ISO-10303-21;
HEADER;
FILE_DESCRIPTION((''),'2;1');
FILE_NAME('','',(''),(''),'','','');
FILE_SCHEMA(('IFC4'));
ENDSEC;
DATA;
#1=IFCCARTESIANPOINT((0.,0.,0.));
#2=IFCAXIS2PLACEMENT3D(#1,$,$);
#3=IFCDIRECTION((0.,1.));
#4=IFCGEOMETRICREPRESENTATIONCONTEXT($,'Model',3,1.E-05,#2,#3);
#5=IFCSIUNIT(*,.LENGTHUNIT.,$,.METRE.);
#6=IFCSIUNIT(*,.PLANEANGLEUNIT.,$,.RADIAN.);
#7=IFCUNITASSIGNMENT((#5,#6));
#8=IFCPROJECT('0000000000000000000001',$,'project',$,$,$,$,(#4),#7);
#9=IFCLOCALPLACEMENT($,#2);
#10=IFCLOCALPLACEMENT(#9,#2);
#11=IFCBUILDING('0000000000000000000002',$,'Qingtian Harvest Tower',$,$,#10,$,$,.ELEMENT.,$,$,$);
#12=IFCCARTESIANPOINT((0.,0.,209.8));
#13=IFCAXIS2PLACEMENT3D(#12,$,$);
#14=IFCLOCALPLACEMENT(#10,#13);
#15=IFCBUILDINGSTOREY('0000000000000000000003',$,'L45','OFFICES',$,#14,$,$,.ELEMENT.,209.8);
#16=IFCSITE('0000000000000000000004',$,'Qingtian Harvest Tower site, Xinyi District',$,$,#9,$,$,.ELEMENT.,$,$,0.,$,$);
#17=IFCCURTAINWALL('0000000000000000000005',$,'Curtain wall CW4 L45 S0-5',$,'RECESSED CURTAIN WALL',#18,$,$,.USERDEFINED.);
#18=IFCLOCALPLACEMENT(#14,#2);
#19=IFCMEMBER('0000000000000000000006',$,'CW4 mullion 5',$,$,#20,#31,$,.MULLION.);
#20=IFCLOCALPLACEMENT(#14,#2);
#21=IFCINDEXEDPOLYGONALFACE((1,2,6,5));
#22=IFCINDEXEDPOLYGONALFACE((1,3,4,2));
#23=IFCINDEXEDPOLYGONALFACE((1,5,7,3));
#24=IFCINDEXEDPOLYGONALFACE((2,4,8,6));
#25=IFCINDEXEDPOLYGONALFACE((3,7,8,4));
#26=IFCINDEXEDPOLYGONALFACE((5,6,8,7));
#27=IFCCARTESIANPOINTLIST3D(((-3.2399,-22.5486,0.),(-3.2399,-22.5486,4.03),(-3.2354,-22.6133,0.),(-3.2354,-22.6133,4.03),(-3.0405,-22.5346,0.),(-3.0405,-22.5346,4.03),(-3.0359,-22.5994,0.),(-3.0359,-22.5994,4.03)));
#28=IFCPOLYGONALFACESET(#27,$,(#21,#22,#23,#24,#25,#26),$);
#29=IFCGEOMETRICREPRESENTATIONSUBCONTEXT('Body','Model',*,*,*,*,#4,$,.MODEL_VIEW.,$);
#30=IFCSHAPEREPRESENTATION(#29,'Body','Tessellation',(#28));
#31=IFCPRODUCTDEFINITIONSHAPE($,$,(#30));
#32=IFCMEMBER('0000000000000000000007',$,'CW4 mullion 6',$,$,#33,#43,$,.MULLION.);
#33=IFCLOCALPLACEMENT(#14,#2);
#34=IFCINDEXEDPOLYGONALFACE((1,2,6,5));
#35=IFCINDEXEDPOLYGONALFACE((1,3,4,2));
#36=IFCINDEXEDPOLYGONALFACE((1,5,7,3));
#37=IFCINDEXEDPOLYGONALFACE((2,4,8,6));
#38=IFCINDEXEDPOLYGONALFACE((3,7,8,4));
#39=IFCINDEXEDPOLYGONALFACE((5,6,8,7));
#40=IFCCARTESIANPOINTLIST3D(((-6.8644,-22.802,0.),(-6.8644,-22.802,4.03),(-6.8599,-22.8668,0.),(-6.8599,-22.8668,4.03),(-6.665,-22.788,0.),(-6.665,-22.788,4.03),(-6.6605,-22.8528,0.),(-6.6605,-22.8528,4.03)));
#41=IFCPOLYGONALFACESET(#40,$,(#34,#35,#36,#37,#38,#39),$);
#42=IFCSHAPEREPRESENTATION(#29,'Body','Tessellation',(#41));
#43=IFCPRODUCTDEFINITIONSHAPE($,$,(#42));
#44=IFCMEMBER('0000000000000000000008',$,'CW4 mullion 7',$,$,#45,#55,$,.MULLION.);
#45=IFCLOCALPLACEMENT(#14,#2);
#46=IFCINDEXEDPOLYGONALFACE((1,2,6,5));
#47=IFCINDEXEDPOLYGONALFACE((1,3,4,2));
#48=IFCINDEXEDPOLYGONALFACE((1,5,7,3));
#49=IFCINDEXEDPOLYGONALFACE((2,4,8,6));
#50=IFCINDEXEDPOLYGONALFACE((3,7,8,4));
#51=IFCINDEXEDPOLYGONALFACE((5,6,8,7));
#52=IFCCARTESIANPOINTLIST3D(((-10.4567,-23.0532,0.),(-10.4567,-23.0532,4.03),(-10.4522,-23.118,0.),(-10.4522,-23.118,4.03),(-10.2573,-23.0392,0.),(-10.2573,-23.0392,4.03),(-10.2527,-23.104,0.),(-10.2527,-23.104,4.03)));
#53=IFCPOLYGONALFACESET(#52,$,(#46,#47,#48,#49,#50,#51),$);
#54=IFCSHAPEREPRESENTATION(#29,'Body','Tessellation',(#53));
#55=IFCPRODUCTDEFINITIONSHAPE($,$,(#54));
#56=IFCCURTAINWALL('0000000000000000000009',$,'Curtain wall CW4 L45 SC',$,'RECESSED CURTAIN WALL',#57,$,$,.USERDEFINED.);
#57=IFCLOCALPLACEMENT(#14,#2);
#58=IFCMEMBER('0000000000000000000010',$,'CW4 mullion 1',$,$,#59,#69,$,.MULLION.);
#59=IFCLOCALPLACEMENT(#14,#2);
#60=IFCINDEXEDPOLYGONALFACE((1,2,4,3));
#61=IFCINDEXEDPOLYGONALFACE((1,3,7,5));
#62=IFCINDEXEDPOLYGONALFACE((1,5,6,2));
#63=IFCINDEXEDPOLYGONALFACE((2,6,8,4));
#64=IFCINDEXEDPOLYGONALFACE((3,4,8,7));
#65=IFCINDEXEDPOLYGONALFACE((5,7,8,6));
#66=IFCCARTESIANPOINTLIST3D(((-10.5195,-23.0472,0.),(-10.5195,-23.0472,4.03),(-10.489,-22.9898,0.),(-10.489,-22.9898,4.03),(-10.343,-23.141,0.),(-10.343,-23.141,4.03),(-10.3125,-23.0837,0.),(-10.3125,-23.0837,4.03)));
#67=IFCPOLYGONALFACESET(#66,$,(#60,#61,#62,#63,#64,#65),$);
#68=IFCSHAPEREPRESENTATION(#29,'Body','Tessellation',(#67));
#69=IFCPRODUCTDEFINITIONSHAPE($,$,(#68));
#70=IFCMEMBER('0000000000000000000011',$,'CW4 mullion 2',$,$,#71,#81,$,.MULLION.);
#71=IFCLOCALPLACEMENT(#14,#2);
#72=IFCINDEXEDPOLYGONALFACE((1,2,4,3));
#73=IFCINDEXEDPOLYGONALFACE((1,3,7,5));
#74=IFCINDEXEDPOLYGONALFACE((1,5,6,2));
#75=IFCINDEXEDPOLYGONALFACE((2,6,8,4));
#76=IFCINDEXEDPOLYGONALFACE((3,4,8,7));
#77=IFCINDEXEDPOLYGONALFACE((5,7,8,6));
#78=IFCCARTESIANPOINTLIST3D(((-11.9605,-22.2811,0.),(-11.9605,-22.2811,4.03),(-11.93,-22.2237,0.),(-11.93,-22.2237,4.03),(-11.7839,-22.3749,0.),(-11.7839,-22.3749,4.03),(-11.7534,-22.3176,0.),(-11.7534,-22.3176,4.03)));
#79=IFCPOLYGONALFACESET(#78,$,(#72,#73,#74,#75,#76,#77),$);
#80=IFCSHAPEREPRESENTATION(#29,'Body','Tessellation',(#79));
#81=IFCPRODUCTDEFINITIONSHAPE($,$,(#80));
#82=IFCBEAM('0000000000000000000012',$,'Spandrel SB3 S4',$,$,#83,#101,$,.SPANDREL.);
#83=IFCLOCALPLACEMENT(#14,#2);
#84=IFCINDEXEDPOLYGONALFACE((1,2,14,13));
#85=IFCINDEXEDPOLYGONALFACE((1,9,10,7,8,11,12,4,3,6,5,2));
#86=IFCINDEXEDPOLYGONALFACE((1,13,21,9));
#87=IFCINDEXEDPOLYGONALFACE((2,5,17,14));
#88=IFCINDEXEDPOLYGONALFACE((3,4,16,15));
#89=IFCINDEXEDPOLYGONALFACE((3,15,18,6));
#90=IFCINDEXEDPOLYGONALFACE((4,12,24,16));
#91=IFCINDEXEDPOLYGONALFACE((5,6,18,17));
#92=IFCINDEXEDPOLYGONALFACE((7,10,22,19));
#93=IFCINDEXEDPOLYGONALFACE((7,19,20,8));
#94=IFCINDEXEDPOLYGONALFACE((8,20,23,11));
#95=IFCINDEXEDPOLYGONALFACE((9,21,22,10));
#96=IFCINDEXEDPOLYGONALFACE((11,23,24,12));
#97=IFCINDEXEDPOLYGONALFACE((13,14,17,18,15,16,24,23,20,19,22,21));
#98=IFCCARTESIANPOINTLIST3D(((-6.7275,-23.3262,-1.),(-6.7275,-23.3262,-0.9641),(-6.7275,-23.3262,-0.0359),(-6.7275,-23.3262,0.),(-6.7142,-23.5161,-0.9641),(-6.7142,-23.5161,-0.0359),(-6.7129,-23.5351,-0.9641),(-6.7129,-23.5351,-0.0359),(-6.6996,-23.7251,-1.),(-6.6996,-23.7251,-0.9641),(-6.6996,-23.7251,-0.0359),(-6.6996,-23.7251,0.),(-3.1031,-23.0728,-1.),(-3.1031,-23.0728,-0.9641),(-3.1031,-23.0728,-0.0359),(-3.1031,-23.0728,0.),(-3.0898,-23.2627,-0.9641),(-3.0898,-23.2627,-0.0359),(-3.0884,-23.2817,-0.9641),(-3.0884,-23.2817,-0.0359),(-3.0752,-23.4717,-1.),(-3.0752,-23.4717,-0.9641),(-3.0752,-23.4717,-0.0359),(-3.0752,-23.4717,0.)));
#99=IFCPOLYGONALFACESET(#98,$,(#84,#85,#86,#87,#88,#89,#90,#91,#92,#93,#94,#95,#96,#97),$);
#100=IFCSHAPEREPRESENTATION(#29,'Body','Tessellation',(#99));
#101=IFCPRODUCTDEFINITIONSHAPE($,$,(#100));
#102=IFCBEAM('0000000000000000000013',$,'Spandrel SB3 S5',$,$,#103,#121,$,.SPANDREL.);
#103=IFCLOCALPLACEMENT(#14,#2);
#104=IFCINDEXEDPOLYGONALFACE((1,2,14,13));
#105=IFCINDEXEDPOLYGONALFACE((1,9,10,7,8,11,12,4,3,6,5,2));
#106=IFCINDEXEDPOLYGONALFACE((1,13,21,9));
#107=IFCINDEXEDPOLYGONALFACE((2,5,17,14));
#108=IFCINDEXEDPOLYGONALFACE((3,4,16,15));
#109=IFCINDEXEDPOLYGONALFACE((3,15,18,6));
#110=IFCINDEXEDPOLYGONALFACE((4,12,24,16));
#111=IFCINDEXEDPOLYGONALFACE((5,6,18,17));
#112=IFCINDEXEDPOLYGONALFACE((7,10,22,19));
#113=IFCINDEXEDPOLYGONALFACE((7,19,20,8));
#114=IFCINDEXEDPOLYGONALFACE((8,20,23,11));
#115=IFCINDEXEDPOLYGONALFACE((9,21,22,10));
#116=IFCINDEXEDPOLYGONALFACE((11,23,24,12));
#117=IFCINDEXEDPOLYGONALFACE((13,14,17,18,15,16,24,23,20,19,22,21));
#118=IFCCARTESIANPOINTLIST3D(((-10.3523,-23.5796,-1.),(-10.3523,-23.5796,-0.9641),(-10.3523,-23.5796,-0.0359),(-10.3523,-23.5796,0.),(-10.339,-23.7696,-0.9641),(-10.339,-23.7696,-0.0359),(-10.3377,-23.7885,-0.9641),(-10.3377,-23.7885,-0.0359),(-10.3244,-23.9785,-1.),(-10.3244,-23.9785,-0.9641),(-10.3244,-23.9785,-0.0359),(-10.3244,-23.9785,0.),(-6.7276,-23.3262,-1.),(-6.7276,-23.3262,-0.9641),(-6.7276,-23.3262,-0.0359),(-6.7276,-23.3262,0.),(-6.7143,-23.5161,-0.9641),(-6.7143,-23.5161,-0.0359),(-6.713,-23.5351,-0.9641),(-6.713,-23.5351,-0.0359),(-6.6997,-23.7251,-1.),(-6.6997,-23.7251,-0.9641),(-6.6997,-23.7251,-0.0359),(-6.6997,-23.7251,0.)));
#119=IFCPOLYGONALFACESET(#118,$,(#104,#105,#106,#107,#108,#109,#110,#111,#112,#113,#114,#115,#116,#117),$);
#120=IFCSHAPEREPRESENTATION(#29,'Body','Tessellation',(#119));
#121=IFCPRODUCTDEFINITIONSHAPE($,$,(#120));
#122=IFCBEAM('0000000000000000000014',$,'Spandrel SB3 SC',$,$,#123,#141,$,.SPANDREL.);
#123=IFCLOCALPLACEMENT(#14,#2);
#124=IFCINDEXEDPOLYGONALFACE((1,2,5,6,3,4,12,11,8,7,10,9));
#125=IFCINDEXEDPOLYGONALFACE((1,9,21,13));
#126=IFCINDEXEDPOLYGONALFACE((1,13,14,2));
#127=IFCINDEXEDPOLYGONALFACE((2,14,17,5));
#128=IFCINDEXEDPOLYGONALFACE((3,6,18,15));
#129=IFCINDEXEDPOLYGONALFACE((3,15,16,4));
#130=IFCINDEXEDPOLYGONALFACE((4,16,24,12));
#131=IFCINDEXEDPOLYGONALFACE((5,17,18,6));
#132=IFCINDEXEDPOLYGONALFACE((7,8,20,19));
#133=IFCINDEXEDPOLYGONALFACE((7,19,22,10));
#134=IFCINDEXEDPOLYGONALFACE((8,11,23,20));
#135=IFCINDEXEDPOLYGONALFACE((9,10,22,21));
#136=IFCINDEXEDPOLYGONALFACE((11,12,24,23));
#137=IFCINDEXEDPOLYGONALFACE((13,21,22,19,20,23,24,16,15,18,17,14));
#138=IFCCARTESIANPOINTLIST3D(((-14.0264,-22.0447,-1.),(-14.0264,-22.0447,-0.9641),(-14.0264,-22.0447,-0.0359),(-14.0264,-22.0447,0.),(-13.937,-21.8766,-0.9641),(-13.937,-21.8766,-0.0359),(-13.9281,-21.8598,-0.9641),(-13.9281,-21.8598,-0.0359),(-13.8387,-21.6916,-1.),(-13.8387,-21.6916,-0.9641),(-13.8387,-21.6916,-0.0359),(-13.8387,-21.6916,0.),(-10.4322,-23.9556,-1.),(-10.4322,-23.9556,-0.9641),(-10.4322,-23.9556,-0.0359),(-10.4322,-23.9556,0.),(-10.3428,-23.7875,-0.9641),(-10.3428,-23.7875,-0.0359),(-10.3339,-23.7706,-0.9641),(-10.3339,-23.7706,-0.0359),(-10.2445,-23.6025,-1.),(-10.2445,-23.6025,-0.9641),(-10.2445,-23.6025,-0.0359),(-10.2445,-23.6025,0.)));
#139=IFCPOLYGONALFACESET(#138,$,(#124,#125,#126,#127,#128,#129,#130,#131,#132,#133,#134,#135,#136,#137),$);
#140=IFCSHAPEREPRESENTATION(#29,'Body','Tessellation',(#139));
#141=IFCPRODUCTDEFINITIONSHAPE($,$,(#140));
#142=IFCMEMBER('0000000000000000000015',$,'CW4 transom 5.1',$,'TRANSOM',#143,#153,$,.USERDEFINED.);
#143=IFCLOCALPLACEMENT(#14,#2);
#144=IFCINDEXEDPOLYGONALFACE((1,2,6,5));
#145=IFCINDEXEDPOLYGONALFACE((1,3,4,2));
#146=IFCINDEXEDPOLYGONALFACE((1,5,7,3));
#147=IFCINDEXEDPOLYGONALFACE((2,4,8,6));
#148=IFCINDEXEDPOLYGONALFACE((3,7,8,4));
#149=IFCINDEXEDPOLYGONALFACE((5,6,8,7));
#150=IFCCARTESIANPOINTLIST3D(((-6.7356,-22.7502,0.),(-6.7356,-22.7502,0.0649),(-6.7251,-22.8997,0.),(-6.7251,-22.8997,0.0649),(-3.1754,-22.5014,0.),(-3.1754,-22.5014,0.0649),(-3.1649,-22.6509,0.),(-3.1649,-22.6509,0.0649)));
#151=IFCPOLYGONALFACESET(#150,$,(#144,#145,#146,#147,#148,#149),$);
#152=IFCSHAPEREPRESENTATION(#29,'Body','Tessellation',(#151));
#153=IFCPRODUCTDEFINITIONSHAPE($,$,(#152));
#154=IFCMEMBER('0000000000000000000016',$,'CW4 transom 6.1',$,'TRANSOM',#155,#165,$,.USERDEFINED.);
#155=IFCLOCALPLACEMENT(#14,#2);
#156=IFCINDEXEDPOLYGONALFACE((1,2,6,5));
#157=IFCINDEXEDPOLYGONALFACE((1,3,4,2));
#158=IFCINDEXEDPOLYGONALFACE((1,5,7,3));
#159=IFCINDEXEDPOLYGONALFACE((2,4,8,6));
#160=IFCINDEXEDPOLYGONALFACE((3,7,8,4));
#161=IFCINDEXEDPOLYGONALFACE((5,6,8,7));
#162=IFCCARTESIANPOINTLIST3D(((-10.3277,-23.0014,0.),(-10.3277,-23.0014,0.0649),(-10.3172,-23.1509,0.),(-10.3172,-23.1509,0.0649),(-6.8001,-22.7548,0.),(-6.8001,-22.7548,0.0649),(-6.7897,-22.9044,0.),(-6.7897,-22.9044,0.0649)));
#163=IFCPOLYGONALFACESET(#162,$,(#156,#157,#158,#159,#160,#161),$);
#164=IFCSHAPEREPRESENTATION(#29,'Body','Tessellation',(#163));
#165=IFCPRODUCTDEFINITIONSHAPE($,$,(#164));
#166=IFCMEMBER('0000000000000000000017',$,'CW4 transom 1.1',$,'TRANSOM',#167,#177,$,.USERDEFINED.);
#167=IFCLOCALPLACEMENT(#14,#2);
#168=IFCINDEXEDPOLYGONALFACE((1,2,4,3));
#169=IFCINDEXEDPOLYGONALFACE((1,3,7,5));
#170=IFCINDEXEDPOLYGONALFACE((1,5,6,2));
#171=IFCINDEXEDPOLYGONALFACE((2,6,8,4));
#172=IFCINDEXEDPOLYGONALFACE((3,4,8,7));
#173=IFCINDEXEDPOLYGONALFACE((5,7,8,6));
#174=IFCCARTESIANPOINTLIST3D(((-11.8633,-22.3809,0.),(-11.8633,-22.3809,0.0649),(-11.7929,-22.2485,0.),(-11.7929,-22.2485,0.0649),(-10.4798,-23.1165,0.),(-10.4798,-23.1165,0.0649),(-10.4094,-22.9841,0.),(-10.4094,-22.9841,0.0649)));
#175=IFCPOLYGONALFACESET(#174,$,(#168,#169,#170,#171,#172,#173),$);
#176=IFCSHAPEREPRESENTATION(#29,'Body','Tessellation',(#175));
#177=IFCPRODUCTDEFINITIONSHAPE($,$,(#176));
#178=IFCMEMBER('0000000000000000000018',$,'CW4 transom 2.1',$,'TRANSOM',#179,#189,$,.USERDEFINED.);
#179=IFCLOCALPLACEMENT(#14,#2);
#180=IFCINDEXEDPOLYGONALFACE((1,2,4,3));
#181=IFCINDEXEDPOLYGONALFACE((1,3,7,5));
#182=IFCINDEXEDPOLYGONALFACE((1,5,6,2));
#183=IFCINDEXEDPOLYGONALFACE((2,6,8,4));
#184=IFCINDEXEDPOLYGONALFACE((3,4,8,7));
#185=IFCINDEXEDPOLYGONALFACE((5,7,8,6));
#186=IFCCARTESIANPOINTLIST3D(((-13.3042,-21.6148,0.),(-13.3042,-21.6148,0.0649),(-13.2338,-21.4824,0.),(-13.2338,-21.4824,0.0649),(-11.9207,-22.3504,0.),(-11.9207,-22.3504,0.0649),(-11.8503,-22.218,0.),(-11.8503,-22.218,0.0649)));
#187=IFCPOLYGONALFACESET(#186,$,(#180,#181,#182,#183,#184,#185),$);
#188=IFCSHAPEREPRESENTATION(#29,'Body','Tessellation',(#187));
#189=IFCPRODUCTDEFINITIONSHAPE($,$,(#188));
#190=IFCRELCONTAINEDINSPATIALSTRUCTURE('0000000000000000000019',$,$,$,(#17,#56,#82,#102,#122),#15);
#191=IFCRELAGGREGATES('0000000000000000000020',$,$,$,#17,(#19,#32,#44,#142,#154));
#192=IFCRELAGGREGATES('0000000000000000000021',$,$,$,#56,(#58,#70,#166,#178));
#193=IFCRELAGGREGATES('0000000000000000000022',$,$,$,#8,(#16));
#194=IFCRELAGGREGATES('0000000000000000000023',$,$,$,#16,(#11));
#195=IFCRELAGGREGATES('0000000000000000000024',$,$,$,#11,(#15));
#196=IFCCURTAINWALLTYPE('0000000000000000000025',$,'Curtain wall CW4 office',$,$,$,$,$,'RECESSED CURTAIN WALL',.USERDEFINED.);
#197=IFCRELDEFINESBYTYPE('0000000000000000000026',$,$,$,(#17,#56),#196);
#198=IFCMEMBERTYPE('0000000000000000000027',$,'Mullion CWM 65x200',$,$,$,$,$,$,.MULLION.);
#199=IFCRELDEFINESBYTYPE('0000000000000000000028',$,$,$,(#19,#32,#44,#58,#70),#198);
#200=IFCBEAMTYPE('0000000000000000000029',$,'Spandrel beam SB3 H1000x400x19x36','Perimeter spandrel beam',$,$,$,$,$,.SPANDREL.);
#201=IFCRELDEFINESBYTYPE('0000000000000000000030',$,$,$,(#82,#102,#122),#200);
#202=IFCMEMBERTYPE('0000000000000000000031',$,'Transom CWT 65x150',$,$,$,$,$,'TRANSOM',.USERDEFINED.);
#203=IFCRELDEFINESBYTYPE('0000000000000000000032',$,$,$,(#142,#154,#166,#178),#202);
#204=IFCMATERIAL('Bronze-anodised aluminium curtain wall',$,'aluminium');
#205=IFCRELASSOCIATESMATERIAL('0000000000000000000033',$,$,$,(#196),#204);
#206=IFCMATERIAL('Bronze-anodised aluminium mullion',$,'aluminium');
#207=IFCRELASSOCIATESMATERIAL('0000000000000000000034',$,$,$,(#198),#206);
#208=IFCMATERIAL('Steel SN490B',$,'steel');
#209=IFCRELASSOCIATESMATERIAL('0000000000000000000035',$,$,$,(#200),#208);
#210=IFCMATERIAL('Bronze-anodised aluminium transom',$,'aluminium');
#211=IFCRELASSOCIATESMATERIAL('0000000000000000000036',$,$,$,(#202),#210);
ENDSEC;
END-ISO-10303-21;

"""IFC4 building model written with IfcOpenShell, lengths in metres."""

from ifc_helpers import new_model, si_unit, direction, frame, origin, origin_2d, place, context, subcontext, project, spatial, rectangle, i_section, extrude, material, material_profile, profile_set, type_object, element, aggregate, save


model = new_model("IFC4")

# Units and contexts
model_context = context("Model", 3, precision=1e-05, world=origin(), true_north=direction((0.0, 1.0)))
body_context = subcontext(model_context, "Body", "Model", "MODEL_VIEW")
ifc_project = project(units=[si_unit("LENGTHUNIT", "METRE"), si_unit("PLANEANGLEUNIT", "RADIAN")], contexts=[model_context])

# Site, building, storey
site_placement = place(None, origin())
site = spatial("IfcSite", under=ifc_project, at=site_placement, Name="Qingtian Harvest Tower site, Xinyi District", CompositionType="ELEMENT", RefElevation=0.0)
building_placement = place(site_placement, origin())
building = spatial("IfcBuilding", under=site, at=building_placement, Name="Qingtian Harvest Tower", CompositionType="ELEMENT")
storey_placement = place(building_placement, frame((0.0, 0.0, 209.8)))
storey = spatial("IfcBuildingStorey", under=building, at=storey_placement, Name="L45", Description="OFFICES", CompositionType="ELEMENT", Elevation=209.8)

# Curtain walls, members
ifc_material_1 = material(Name="Bronze-anodised aluminium curtain wall", Category="aluminium")
curtain_wall_type = type_object("IfcCurtainWallType", Name="Curtain wall CW4 office", ElementType="RECESSED CURTAIN WALL", PredefinedType="USERDEFINED", material=ifc_material_1)
curtain_wall_1_placement = place(storey_placement, origin())
curtain_wall_1 = element("IfcCurtainWall", 1, at=curtain_wall_1_placement, inside=storey, type_object=curtain_wall_type, Name="Curtain wall CW4 L45 S0-5", ObjectType="RECESSED CURTAIN WALL", PredefinedType="USERDEFINED")
ifc_material_2 = material(Name="Bronze-anodised aluminium mullion", Category="aluminium")
ifc_material_profile_1 = material_profile(ifc_material_2, rectangle(XDim=0.0649, YDim=0.2, at=origin_2d()), Name="AL 65x200")
ifc_profile_set_1 = profile_set([ifc_material_profile_1], Name="Bronze-anodised aluminium mullion")
member_type_1 = type_object("IfcMemberType", Name="Mullion CWM 65x200", PredefinedType="MULLION", material=ifc_profile_set_1)
member_1_placement = place(storey_placement, frame((-3.1379, -22.574, 0.0), z_axis=(0.0, 0.0, 1.0), x_axis=(0.069756, -0.997564, 0.0)))
member_1 = element("IfcMember", 2, at=member_1_placement, type_object=member_type_1, Name="CW4 mullion 5", PredefinedType="MULLION", context=body_context, shape_type="SweptSolid", body=[
    extrude(rectangle(XDim=0.0649, YDim=0.2, at=origin_2d()), origin(), (0.0, 0.0, 1.0), 4.03),
])
member_2_placement = place(storey_placement, frame((-6.7625, -22.8274, 0.0), z_axis=(0.0, 0.0, 1.0), x_axis=(0.069756, -0.997564, 0.0)))
member_2 = element("IfcMember", 3, at=member_2_placement, type_object=member_type_1, Name="CW4 mullion 6", PredefinedType="MULLION", context=body_context, shape_type="SweptSolid", body=[
    extrude(rectangle(XDim=0.0649, YDim=0.2, at=origin_2d()), origin(), (0.0, 0.0, 1.0), 4.03),
])
member_3_placement = place(storey_placement, frame((-10.3547, -23.0786, 0.0), z_axis=(0.0, 0.0, 1.0), x_axis=(0.069756, -0.997564, 0.0)))
member_3 = element("IfcMember", 4, at=member_3_placement, type_object=member_type_1, Name="CW4 mullion 7", PredefinedType="MULLION", context=body_context, shape_type="SweptSolid", body=[
    extrude(rectangle(XDim=0.0649, YDim=0.2, at=origin_2d()), origin(), (0.0, 0.0, 1.0), 4.03),
])
curtain_wall_2_placement = place(storey_placement, origin())
curtain_wall_2 = element("IfcCurtainWall", 5, at=curtain_wall_2_placement, inside=storey, type_object=curtain_wall_type, Name="Curtain wall CW4 L45 SC", ObjectType="RECESSED CURTAIN WALL", PredefinedType="USERDEFINED")
member_4_placement = place(storey_placement, frame((-10.416, -23.0654, 0.0), z_axis=(0.0, 0.0, 1.0), x_axis=(-0.469472, -0.882948, 0.0)))
member_4 = element("IfcMember", 6, at=member_4_placement, type_object=member_type_1, Name="CW4 mullion 1", PredefinedType="MULLION", context=body_context, shape_type="SweptSolid", body=[
    extrude(rectangle(XDim=0.0649, YDim=0.2, at=origin_2d()), origin(), (0.0, 0.0, 1.0), 4.03),
])
member_5_placement = place(storey_placement, frame((-11.8569, -22.2993, 0.0), z_axis=(0.0, 0.0, 1.0), x_axis=(-0.469472, -0.882948, 0.0)))
member_5 = element("IfcMember", 7, at=member_5_placement, type_object=member_type_1, Name="CW4 mullion 2", PredefinedType="MULLION", context=body_context, shape_type="SweptSolid", body=[
    extrude(rectangle(XDim=0.0649, YDim=0.2, at=origin_2d()), origin(), (0.0, 0.0, 1.0), 4.03),
])

# Beams
ifc_material_3 = material(Name="Steel SN490B", Category="steel")
ifc_material_profile_2 = material_profile(ifc_material_3, i_section(OverallWidth=0.3999, OverallDepth=1.0, WebThickness=0.019, FlangeThickness=0.0359, at=origin_2d()), Name="H1000x400x19x36")
ifc_profile_set_2 = profile_set([ifc_material_profile_2], Name="Steel SN490B")
beam_type_1 = type_object("IfcBeamType", Name="Spandrel beam SB3 H1000x400x19x36", Description="Perimeter spandrel beam", PredefinedType="SPANDREL", material=ifc_profile_set_2)
beam_1_placement = place(storey_placement, frame((-3.0891, -23.2722, -0.5), z_axis=(-0.997565, -0.069748, 0.0), x_axis=(0.069748, -0.997565, 0.0)))
element("IfcBeam", 8, at=beam_1_placement, inside=storey, type_object=beam_type_1, Name="Spandrel SB3 S4", PredefinedType="SPANDREL", context=body_context, shape_type="SweptSolid", body=[
    extrude(i_section(OverallWidth=0.3999, OverallDepth=1.0, WebThickness=0.019, FlangeThickness=0.0359, at=origin_2d()), origin(), (0.0, 0.0, 1.0), 3.6333),
])
beam_2_placement = place(storey_placement, frame((-6.7136, -23.5256, -0.5), z_axis=(-0.997565, -0.069743, 0.0), x_axis=(0.069743, -0.997565, 0.0)))
element("IfcBeam", 9, at=beam_2_placement, inside=storey, type_object=beam_type_1, Name="Spandrel SB3 S5", PredefinedType="SPANDREL", context=body_context, shape_type="SweptSolid", body=[
    extrude(i_section(OverallWidth=0.3999, OverallDepth=1.0, WebThickness=0.019, FlangeThickness=0.0359, at=origin_2d()), origin(), (0.0, 0.0, 1.0), 3.6335),
])
beam_3_placement = place(storey_placement, frame((-10.3384, -23.7791, -0.5), z_axis=(-0.882968, 0.469433, 0.0), x_axis=(-0.469433, -0.882968, 0.0)))
element("IfcBeam", 10, at=beam_3_placement, inside=storey, type_object=beam_type_1, Name="Spandrel SB3 SC", PredefinedType="SPANDREL", context=body_context, shape_type="SweptSolid", body=[
    extrude(i_section(OverallWidth=0.3999, OverallDepth=1.0, WebThickness=0.019, FlangeThickness=0.0359, at=origin_2d()), origin(), (0.0, 0.0, 1.0), 4.0706),
])

# Members
ifc_material_4 = material(Name="Bronze-anodised aluminium transom", Category="aluminium")
ifc_material_profile_3 = material_profile(ifc_material_4, rectangle(XDim=0.1499, YDim=0.0649, at=origin_2d()), Name="AL 65x150")
ifc_profile_set_3 = profile_set([ifc_material_profile_3], Name="Bronze-anodised aluminium transom")
member_type_2 = type_object("IfcMemberType", Name="Transom CWT 65x150", ElementType="TRANSOM", PredefinedType="USERDEFINED", material=ifc_profile_set_3)
member_6_placement = place(storey_placement, frame((-3.1702, -22.5762, 0.0325), z_axis=(-0.997567, -0.069711, 0.0), x_axis=(0.069711, -0.997567, 0.0)))
member_6 = element("IfcMember", 11, at=member_6_placement, type_object=member_type_2, Name="CW4 transom 5.1", ObjectType="TRANSOM", PredefinedType="USERDEFINED", context=body_context, shape_type="SweptSolid", body=[
    extrude(rectangle(XDim=0.1499, YDim=0.0649, at=origin_2d()), origin(), (0.0, 0.0, 1.0), 3.5688),
])
member_7_placement = place(storey_placement, frame((-6.7949, -22.8296, 0.0325), z_axis=(-0.997566, -0.069731, 0.0), x_axis=(0.069731, -0.997566, 0.0)))
member_7 = element("IfcMember", 12, at=member_7_placement, type_object=member_type_2, Name="CW4 transom 6.1", ObjectType="TRANSOM", PredefinedType="USERDEFINED", context=body_context, shape_type="SweptSolid", body=[
    extrude(rectangle(XDim=0.1499, YDim=0.0649, at=origin_2d()), origin(), (0.0, 0.0, 1.0), 3.5361),
])
member_8_placement = place(storey_placement, frame((-10.4446, -23.0503, 0.0325), z_axis=(-0.88296, 0.469448, 0.0), x_axis=(-0.469448, -0.88296, 0.0)))
member_8 = element("IfcMember", 13, at=member_8_placement, type_object=member_type_2, Name="CW4 transom 1.1", ObjectType="TRANSOM", PredefinedType="USERDEFINED", context=body_context, shape_type="SweptSolid", body=[
    extrude(rectangle(XDim=0.1499, YDim=0.0649, at=origin_2d()), origin(), (0.0, 0.0, 1.0), 1.5669),
])
member_9_placement = place(storey_placement, frame((-11.8855, -22.2842, 0.0325), z_axis=(-0.88296, 0.469448, 0.0), x_axis=(-0.469448, -0.88296, 0.0)))
member_9 = element("IfcMember", 14, at=member_9_placement, type_object=member_type_2, Name="CW4 transom 2.1", ObjectType="TRANSOM", PredefinedType="USERDEFINED", context=body_context, shape_type="SweptSolid", body=[
    extrude(rectangle(XDim=0.1499, YDim=0.0649, at=origin_2d()), origin(), (0.0, 0.0, 1.0), 1.5669),
])

aggregate(curtain_wall_1, [member_1, member_2, member_3, member_6, member_7])
aggregate(curtain_wall_2, [member_4, member_5, member_8, member_9])

save(model, "model.ifc")
